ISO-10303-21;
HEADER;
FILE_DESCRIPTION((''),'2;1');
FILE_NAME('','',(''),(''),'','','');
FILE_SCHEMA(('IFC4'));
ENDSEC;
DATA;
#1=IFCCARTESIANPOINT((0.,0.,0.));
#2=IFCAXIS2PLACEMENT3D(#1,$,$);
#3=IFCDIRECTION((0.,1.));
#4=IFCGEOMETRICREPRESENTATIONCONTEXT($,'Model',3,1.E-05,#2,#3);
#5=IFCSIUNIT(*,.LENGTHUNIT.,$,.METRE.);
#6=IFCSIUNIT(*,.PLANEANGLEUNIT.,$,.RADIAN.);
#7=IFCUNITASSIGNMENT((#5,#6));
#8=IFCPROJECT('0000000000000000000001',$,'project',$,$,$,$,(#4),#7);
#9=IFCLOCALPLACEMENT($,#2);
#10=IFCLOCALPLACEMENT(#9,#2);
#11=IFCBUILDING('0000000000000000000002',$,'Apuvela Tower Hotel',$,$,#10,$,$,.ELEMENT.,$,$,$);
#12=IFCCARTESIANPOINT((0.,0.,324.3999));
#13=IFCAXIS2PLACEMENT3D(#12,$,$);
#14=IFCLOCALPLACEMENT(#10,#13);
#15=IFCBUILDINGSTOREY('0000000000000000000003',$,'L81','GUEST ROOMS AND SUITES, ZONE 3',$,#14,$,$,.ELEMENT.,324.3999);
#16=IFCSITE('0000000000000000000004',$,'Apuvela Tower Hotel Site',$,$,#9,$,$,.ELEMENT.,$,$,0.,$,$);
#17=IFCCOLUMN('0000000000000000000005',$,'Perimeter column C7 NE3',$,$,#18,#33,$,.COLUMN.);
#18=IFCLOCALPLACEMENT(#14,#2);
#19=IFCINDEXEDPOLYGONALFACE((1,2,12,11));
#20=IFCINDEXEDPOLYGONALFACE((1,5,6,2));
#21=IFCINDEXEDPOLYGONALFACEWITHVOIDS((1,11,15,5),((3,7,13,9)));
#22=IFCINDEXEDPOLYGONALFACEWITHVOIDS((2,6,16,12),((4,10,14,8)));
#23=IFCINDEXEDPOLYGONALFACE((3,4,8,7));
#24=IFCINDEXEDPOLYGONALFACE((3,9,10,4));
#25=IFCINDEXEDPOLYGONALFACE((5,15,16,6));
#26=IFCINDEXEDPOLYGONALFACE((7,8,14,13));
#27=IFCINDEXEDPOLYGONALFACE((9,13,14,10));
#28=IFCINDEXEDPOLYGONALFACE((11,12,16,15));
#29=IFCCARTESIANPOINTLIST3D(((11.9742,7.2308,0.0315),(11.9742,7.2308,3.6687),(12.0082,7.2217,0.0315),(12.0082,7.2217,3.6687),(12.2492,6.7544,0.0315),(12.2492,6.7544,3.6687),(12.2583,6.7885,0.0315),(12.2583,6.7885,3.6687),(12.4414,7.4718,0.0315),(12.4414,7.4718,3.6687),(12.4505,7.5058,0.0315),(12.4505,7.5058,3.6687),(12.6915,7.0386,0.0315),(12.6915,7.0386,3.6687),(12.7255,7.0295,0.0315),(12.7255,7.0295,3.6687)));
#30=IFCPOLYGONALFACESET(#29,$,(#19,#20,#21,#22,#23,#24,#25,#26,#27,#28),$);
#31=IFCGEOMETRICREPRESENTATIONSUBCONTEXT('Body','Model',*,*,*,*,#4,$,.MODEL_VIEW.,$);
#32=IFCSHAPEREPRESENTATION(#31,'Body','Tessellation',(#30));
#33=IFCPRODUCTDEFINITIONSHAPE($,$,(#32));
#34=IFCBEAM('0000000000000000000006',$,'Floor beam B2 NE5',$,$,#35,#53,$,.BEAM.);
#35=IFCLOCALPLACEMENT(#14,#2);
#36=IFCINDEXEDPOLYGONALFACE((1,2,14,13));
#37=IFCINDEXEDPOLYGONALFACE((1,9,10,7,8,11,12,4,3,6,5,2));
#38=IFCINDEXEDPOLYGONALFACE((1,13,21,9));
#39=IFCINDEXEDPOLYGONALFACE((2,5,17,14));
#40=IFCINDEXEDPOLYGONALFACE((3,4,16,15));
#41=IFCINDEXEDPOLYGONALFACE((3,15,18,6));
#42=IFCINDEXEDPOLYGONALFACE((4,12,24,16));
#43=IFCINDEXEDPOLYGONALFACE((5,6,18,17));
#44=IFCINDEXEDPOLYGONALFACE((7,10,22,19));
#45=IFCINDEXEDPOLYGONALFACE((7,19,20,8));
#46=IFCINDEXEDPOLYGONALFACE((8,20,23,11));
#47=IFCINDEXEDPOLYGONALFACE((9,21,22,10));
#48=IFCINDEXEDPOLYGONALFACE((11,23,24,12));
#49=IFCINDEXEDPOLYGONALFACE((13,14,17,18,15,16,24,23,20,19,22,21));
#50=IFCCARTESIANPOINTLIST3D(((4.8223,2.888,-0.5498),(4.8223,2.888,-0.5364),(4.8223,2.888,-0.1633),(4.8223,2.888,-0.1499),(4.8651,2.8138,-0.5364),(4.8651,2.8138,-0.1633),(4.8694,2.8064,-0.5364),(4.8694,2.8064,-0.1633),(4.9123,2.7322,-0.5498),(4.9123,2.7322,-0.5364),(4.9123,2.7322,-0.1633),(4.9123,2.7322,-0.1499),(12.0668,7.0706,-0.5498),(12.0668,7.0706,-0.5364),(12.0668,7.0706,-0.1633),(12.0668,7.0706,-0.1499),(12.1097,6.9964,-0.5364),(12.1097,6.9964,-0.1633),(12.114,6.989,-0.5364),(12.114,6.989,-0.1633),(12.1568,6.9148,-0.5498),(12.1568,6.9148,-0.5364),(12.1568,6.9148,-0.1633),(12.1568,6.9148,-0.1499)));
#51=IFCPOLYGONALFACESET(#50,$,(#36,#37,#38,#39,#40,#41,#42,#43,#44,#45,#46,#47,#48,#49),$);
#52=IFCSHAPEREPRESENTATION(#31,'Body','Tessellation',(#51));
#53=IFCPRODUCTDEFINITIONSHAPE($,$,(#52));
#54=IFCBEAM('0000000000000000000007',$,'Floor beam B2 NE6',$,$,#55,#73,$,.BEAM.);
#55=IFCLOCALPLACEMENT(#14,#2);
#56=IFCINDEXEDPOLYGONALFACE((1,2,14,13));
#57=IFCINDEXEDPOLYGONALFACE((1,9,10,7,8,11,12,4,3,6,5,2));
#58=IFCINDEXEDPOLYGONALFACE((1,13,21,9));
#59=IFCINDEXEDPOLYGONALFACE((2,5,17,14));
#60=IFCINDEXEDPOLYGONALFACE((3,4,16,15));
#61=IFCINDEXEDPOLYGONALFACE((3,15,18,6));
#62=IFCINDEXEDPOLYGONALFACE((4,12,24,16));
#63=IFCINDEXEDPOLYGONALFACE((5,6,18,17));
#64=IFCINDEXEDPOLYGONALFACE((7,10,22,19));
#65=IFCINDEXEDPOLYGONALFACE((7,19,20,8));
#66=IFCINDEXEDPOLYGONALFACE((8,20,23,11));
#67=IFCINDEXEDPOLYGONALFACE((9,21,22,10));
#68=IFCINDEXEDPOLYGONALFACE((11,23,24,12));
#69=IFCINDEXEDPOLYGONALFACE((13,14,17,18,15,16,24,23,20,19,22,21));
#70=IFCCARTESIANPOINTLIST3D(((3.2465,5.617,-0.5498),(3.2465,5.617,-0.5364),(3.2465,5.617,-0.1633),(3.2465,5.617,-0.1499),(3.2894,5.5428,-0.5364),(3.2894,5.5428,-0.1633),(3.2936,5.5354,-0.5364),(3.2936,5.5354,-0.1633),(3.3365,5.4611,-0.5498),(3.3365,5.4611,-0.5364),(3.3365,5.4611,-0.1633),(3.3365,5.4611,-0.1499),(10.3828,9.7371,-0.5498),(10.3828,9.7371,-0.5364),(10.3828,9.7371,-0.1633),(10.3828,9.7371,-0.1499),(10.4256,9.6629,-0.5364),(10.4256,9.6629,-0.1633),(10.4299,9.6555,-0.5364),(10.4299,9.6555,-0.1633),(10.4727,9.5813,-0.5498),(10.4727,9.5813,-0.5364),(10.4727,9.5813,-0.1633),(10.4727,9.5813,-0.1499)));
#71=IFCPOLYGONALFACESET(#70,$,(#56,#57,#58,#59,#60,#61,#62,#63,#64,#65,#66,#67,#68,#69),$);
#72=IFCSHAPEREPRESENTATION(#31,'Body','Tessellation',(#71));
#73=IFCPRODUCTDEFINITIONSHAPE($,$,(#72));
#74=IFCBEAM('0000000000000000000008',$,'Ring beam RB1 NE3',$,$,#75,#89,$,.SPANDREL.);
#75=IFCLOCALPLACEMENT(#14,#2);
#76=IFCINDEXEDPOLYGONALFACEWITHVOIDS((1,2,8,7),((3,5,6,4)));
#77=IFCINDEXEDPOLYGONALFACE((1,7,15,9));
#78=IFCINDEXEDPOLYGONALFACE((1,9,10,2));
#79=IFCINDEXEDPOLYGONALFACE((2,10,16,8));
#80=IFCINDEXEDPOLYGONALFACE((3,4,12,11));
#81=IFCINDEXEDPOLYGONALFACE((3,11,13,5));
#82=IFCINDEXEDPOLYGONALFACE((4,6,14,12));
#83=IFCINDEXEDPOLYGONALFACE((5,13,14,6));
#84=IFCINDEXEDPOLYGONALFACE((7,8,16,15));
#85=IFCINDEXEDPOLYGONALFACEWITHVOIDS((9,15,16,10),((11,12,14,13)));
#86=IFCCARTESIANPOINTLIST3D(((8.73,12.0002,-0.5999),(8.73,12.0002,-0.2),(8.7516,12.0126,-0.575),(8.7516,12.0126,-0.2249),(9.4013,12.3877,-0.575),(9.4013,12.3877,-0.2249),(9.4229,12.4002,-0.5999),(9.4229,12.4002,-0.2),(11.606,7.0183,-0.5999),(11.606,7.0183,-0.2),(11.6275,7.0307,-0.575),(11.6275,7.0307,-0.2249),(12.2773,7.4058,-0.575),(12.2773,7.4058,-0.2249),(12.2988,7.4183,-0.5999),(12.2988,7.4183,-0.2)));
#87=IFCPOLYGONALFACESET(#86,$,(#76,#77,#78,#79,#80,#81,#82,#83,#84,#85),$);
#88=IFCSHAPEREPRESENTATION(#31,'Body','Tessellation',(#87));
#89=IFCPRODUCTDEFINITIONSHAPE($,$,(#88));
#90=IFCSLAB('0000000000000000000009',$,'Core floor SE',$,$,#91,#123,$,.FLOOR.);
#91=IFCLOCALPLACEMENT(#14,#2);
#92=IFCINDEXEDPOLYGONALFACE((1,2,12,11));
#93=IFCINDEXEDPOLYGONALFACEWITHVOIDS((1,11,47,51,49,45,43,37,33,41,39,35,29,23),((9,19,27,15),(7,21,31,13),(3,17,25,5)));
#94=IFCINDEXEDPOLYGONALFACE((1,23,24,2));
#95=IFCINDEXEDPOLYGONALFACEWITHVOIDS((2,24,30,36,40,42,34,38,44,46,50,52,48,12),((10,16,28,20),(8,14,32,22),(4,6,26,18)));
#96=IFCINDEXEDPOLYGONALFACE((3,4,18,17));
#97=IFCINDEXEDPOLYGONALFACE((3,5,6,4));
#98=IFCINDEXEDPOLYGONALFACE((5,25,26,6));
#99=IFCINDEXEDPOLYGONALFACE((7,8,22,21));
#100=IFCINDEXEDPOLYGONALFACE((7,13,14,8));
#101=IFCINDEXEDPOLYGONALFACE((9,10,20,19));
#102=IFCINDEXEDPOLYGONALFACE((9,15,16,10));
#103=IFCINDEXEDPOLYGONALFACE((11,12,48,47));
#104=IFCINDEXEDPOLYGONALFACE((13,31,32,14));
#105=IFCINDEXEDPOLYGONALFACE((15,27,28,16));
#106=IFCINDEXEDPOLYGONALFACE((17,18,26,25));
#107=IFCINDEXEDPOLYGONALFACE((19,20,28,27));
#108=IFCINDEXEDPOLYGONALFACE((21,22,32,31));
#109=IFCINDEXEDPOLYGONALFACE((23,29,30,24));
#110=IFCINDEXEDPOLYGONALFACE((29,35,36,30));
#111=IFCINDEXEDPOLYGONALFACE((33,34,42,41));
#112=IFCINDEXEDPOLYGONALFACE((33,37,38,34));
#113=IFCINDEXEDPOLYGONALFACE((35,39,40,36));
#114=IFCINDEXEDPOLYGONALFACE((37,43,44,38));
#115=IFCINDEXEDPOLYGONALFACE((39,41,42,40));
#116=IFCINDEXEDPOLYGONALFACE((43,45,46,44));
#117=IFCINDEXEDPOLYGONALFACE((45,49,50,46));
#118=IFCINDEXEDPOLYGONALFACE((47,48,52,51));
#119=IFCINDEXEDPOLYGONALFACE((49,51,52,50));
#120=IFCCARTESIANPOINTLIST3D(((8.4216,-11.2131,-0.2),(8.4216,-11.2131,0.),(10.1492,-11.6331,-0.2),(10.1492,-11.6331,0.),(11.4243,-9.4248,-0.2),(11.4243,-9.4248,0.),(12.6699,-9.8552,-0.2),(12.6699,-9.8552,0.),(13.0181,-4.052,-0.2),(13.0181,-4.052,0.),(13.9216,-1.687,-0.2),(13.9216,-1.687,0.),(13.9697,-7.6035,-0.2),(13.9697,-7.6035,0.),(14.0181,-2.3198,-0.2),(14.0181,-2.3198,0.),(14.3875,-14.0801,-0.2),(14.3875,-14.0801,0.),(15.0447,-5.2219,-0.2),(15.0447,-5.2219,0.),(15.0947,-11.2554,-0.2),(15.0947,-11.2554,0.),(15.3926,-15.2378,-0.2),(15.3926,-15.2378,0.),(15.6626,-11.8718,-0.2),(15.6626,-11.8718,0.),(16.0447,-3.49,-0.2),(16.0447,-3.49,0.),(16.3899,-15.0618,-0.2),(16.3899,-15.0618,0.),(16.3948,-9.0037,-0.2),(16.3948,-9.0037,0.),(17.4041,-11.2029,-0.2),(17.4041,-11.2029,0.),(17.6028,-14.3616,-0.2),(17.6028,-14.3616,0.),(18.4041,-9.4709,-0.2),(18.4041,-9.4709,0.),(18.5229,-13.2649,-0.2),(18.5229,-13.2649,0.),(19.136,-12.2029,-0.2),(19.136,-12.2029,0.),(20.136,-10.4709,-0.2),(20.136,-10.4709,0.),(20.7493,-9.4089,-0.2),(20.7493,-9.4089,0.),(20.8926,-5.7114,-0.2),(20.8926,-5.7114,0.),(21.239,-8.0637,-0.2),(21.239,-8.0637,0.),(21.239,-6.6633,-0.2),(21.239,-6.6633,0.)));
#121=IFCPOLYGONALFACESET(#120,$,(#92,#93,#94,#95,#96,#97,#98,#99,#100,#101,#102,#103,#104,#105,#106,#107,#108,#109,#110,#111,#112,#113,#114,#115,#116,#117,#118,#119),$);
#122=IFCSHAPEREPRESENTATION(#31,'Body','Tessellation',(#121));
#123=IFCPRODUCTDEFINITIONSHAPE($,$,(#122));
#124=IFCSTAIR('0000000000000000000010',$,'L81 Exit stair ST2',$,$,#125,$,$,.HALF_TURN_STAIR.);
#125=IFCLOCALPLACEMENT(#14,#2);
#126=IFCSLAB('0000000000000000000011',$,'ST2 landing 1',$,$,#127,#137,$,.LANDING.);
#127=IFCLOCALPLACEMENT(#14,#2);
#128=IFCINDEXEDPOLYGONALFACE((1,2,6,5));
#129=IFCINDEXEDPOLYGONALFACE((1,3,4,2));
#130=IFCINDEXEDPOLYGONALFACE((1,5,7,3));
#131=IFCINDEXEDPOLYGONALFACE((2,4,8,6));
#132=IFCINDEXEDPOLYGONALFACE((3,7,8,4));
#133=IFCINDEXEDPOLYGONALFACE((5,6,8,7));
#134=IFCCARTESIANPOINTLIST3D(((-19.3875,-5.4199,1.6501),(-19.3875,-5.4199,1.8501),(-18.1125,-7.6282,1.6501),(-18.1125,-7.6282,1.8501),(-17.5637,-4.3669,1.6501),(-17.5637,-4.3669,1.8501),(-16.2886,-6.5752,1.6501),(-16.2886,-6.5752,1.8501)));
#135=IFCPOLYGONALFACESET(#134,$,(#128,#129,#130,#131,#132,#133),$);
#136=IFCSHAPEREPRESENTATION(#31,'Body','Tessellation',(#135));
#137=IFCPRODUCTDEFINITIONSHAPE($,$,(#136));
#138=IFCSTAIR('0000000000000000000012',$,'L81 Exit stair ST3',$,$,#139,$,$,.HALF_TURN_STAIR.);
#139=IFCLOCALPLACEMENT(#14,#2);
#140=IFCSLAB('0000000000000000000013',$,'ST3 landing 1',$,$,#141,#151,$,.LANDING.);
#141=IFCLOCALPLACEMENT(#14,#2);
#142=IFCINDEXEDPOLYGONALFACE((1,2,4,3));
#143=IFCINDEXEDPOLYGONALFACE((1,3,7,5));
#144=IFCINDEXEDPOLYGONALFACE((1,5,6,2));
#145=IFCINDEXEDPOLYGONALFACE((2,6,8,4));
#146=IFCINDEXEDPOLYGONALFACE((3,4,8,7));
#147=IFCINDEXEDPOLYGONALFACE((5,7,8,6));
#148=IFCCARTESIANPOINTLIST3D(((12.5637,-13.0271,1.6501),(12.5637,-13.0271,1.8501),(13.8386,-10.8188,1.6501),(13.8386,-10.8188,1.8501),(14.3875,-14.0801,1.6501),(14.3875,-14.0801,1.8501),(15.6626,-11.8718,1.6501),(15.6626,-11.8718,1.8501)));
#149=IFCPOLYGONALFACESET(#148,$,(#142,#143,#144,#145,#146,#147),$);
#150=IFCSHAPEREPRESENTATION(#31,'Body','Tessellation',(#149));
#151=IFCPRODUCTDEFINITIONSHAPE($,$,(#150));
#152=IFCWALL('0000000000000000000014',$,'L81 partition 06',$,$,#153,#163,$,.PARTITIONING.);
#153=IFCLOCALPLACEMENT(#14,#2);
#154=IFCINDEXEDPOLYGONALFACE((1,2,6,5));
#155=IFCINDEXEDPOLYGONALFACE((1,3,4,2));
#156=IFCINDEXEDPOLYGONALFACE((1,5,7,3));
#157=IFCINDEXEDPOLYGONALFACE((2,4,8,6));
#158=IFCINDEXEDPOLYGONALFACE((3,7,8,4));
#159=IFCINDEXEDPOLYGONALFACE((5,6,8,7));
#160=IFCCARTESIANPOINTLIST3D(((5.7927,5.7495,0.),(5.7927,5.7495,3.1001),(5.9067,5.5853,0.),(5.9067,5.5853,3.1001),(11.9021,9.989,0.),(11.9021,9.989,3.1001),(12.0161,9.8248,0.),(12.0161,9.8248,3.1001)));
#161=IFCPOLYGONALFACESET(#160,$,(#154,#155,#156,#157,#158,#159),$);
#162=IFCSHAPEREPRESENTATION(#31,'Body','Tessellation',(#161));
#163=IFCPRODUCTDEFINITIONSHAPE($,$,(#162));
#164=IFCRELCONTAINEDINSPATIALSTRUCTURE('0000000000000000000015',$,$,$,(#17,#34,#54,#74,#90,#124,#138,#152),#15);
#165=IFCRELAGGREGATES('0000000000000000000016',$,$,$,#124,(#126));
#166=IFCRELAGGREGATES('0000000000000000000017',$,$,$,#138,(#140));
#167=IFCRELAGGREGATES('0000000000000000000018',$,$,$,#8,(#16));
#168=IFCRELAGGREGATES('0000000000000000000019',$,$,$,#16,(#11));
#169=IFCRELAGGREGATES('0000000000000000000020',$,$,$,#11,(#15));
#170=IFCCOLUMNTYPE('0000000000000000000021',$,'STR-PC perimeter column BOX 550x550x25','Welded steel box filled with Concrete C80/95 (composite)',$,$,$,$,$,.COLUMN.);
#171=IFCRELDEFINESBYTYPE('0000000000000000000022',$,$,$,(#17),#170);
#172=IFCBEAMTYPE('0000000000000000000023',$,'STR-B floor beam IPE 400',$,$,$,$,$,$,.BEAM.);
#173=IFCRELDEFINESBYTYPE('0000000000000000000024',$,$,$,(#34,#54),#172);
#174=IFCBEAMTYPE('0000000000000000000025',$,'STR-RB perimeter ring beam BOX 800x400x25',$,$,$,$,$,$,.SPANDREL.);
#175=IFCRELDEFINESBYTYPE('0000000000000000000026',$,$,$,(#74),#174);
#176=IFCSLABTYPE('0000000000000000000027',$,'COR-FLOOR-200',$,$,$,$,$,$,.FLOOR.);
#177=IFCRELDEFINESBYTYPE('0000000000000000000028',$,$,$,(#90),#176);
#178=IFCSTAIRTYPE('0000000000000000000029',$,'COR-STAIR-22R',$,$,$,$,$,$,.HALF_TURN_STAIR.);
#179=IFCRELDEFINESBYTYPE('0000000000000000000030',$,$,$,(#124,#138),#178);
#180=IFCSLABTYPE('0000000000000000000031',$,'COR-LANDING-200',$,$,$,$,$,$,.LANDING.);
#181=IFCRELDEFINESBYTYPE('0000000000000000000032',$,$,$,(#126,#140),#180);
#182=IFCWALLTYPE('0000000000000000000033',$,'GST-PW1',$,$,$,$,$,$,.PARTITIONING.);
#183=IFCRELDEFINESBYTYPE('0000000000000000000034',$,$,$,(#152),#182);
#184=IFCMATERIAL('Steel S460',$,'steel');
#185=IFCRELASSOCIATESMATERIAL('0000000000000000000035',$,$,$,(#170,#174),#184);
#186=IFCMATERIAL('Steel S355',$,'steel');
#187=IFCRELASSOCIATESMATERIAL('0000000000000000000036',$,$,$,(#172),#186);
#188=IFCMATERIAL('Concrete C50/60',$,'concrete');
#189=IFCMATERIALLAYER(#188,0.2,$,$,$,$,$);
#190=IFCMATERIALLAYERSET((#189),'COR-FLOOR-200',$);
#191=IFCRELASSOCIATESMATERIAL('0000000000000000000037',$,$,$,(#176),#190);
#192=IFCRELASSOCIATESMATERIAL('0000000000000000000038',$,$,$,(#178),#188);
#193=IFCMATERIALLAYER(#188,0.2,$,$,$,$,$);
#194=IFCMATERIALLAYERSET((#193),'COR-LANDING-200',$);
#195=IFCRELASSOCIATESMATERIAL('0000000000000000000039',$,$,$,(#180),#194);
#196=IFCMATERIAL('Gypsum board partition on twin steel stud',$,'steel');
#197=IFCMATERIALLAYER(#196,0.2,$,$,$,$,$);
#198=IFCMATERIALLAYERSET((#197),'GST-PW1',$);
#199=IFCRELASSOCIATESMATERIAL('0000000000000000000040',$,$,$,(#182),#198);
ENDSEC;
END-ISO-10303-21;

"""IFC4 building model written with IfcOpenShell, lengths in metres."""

from ifc_helpers import new_model, si_unit, direction, frame, frame_2d, origin, origin_2d, place, context, subcontext, project, spatial, polyline, rectangle, hollow_rectangle, i_section, outline, extrude, boolean, halfspace, material, layer, layer_set, material_profile, profile_set, type_object, element, aggregate, save


model = new_model("IFC4")

# Units and contexts
model_context = context("Model", 3, precision=1e-05, world=origin(), true_north=direction((0.0, 1.0)))
body_context = subcontext(model_context, "Body", "Model", "MODEL_VIEW")
ifc_project = project(units=[si_unit("LENGTHUNIT", "METRE"), si_unit("PLANEANGLEUNIT", "RADIAN")], contexts=[model_context])

# Site, building, storey
site_placement = place(None, origin())
site = spatial("IfcSite", under=ifc_project, at=site_placement, Name="Apuvela Tower Hotel Site", CompositionType="ELEMENT", RefElevation=0.0)
building_placement = place(site_placement, origin())
building = spatial("IfcBuilding", under=site, at=building_placement, Name="Apuvela Tower Hotel", CompositionType="ELEMENT")
storey_placement = place(building_placement, frame((0.0, 0.0, 324.3999)))
storey = spatial("IfcBuildingStorey", under=building, at=storey_placement, Name="L81", Description="GUEST ROOMS AND SUITES, ZONE 3", CompositionType="ELEMENT", Elevation=324.3999)

# Column
ifc_material_1 = material(Name="Steel S460", Category="steel")
ifc_material_profile_1 = material_profile(ifc_material_1, hollow_rectangle(XDim=0.55, YDim=0.55, WallThickness=0.0249, at=origin_2d()), Name="BOX 550x550x25")
ifc_material_2 = material(Name="Concrete C80/95", Category="concrete")
ifc_material_profile_2 = material_profile(ifc_material_2, rectangle(XDim=0.5, YDim=0.5, at=origin_2d()), Name="Concrete C80/95 infill")
ifc_profile_set_1 = profile_set([ifc_material_profile_1, ifc_material_profile_2], Name="Steel S460")
column_type = type_object("IfcColumnType", Name="STR-PC perimeter column BOX 550x550x25", Description="Welded steel box filled with Concrete C80/95 (composite)", PredefinedType="COLUMN", material=ifc_profile_set_1)
column_placement = place(storey_placement, frame((12.3499, 7.1301, 0.0), z_axis=(0.0, 0.0, 1.0), x_axis=(-0.5, 0.866025, 0.0)))
element("IfcColumn", 1, at=column_placement, inside=storey, type_object=column_type, Name="Perimeter column C7 NE3", PredefinedType="COLUMN", context=body_context, shape_type="SweptSolid", body=[
    boolean("DIFFERENCE", boolean("DIFFERENCE", extrude(hollow_rectangle(XDim=0.55, YDim=0.55, WallThickness=0.0249, at=origin_2d()), origin(), (0.0, 0.0, 1.0), 3.7002), halfspace(frame((0.0, 0.0, 0.0315), z_axis=(0.0, 0.0, 1.0), x_axis=(1.0, 0.0, 0.0)), True)), halfspace(frame((0.0, 0.0, 3.6687), z_axis=(0.0, 0.0, 1.0), x_axis=(1.0, 0.0, 0.0)), False)),
])

# Beams
ifc_material_3 = material(Name="Steel S355", Category="steel")
ifc_material_profile_3 = material_profile(ifc_material_3, i_section(OverallWidth=0.1799, OverallDepth=0.3999, WebThickness=0.0085, FlangeThickness=0.0134, at=origin_2d()), Name="IPE 400")
ifc_profile_set_2 = profile_set([ifc_material_profile_3], Name="Steel S355")
beam_type_1 = type_object("IfcBeamType", Name="STR-B floor beam IPE 400", PredefinedType="BEAM", material=ifc_profile_set_2)
beam_1_placement = place(storey_placement, frame((12.1118, 6.9927, -0.3499), z_axis=(-0.866029, -0.499994, 0.0), x_axis=(0.499994, -0.866029, 0.0)))
element("IfcBeam", 2, at=beam_1_placement, inside=storey, type_object=beam_type_1, Name="Floor beam B2 NE5", PredefinedType="BEAM", context=body_context, shape_type="SweptSolid", body=[
    extrude(i_section(OverallWidth=0.1799, OverallDepth=0.3999, WebThickness=0.0085, FlangeThickness=0.0134, at=origin_2d()), origin(), (0.0, 0.0, 1.0), 8.3652),
])
beam_2_placement = place(storey_placement, frame((10.4277, 9.6592, -0.3499), z_axis=(-0.866025, -0.500001, 0.0), x_axis=(0.500001, -0.866025, 0.0)))
element("IfcBeam", 3, at=beam_2_placement, inside=storey, type_object=beam_type_1, Name="Floor beam B2 NE6", PredefinedType="BEAM", context=body_context, shape_type="SweptSolid", body=[
    extrude(i_section(OverallWidth=0.1799, OverallDepth=0.3999, WebThickness=0.0085, FlangeThickness=0.0134, at=origin_2d()), origin(), (0.0, 0.0, 1.0), 8.2402),
])
ifc_material_profile_4 = material_profile(ifc_material_1, hollow_rectangle(XDim=0.8, YDim=0.3999, WallThickness=0.0249, at=origin_2d()), Name="BOX 800x400x25")
ifc_profile_set_3 = profile_set([ifc_material_profile_4], Name="Steel S460")
beam_type_2 = type_object("IfcBeamType", Name="STR-RB perimeter ring beam BOX 800x400x25", PredefinedType="SPANDREL", material=ifc_profile_set_3)
beam_3_placement = place(storey_placement, frame((11.9524, 7.2183, -0.3999), z_axis=(-0.499955, 0.866051, 0.0), x_axis=(-0.866051, -0.499955, 0.0)))
element("IfcBeam", 4, at=beam_3_placement, inside=storey, type_object=beam_type_2, Name="Ring beam RB1 NE3", PredefinedType="SPANDREL", context=body_context, shape_type="SweptSolid", body=[
    extrude(hollow_rectangle(XDim=0.8, YDim=0.3999, WallThickness=0.0249, at=origin_2d()), origin(), (0.0, 0.0, 1.0), 5.7524),
])

# Slab
ifc_material_4 = material(Name="Concrete C50/60", Category="concrete")
ifc_layer_1 = layer(ifc_material_4, 0.2)
ifc_layer_set_1 = layer_set([ifc_layer_1], Name="COR-FLOOR-200")
slab_type_1 = type_object("IfcSlabType", Name="COR-FLOOR-200", PredefinedType="FLOOR", material=ifc_layer_set_1)
slab_1_placement = place(storey_placement, frame((0.0, 0.0, -0.2)))
element("IfcSlab", 5, at=slab_1_placement, inside=storey, type_object=slab_type_1, Name="Core floor SE", PredefinedType="FLOOR", context=body_context, shape_type="SweptSolid", body=[
    extrude(outline(polyline([(16.3899, -15.0618), (17.6028, -14.3616), (18.5229, -13.2649), (19.136, -12.2029), (17.4041, -11.2029), (18.4041, -9.4709), (20.136, -10.4709), (20.7493, -9.4089), (21.239, -8.0637), (21.239, -6.6633), (20.8926, -5.7114), (13.9216, -1.687), (8.4216, -11.2131), (15.3926, -15.2378), (16.3899, -15.0618)]), holes=[polyline([(14.0181, -2.3198), (16.0447, -3.49), (15.0447, -5.2219), (13.0181, -4.052), (14.0181, -2.3198)]), polyline([(10.1492, -11.6331), (11.4243, -9.4248), (15.6626, -11.8718), (14.3875, -14.0801), (10.1492, -11.6331)]), polyline([(12.6699, -9.8552), (13.9697, -7.6035), (16.3948, -9.0037), (15.0947, -11.2554), (12.6699, -9.8552)])]), origin(), (0.0, 0.0, 1.0), 0.2),
])

# Stairs, slabs
stair_type = type_object("IfcStairType", Name="COR-STAIR-22R", PredefinedType="HALF_TURN_STAIR", material=ifc_material_4)
stair_1_placement = place(storey_placement, origin())
stair_1 = element("IfcStair", 6, at=stair_1_placement, inside=storey, type_object=stair_type, Name="L81 Exit stair ST2", PredefinedType="HALF_TURN_STAIR")
ifc_layer_2 = layer(ifc_material_4, 0.2)
ifc_layer_set_2 = layer_set([ifc_layer_2], Name="COR-LANDING-200")
slab_type_2 = type_object("IfcSlabType", Name="COR-LANDING-200", PredefinedType="LANDING", material=ifc_layer_set_2)
slab_2_placement = place(storey_placement, frame((0.0, 0.0, 1.6501)))
slab_2 = element("IfcSlab", 7, at=slab_2_placement, type_object=slab_type_2, Name="ST2 landing 1", PredefinedType="LANDING", context=body_context, shape_type="SweptSolid", body=[
    extrude(outline(polyline([(-17.5637, -4.3669), (-19.3875, -5.4199), (-18.1125, -7.6282), (-16.2886, -6.5752), (-17.5637, -4.3669)])), origin(), (0.0, 0.0, 1.0), 0.2),
])
aggregate(stair_1, [slab_2])
stair_2_placement = place(storey_placement, origin())
stair_2 = element("IfcStair", 8, at=stair_2_placement, inside=storey, type_object=stair_type, Name="L81 Exit stair ST3", PredefinedType="HALF_TURN_STAIR")
slab_3_placement = place(storey_placement, frame((0.0, 0.0, 1.6501)))
slab_3 = element("IfcSlab", 9, at=slab_3_placement, type_object=slab_type_2, Name="ST3 landing 1", PredefinedType="LANDING", context=body_context, shape_type="SweptSolid", body=[
    extrude(outline(polyline([(12.5637, -13.0271), (14.3875, -14.0801), (15.6626, -11.8718), (13.8386, -10.8188), (12.5637, -13.0271)])), origin(), (0.0, 0.0, 1.0), 0.2),
])
aggregate(stair_2, [slab_3])

# Wall
ifc_material_5 = material(Name="Gypsum board partition on twin steel stud", Category="steel")
ifc_layer_3 = layer(ifc_material_5, 0.2)
ifc_layer_set_3 = layer_set([ifc_layer_3], Name="GST-PW1")
wall_type_1 = type_object("IfcWallType", Name="GST-PW1", PredefinedType="PARTITIONING", material=ifc_layer_set_3)
wall_1_placement = place(storey_placement, frame((11.9592, 9.907, 0.0), z_axis=(0.0, 0.0, 1.0), x_axis=(-0.821566, -0.570113, 0.0)))
element("IfcWall", 10, at=wall_1_placement, inside=storey, type_object=wall_type_1, Name="L81 partition 06", PredefinedType="PARTITIONING", context=body_context, shape_type="SweptSolid", body=[
    extrude(rectangle(XDim=7.4363, YDim=0.2, at=frame_2d((3.7183, 0.0))), origin(), (0.0, 0.0, 1.0), 3.1001),
])

save(model, "model.ifc")
